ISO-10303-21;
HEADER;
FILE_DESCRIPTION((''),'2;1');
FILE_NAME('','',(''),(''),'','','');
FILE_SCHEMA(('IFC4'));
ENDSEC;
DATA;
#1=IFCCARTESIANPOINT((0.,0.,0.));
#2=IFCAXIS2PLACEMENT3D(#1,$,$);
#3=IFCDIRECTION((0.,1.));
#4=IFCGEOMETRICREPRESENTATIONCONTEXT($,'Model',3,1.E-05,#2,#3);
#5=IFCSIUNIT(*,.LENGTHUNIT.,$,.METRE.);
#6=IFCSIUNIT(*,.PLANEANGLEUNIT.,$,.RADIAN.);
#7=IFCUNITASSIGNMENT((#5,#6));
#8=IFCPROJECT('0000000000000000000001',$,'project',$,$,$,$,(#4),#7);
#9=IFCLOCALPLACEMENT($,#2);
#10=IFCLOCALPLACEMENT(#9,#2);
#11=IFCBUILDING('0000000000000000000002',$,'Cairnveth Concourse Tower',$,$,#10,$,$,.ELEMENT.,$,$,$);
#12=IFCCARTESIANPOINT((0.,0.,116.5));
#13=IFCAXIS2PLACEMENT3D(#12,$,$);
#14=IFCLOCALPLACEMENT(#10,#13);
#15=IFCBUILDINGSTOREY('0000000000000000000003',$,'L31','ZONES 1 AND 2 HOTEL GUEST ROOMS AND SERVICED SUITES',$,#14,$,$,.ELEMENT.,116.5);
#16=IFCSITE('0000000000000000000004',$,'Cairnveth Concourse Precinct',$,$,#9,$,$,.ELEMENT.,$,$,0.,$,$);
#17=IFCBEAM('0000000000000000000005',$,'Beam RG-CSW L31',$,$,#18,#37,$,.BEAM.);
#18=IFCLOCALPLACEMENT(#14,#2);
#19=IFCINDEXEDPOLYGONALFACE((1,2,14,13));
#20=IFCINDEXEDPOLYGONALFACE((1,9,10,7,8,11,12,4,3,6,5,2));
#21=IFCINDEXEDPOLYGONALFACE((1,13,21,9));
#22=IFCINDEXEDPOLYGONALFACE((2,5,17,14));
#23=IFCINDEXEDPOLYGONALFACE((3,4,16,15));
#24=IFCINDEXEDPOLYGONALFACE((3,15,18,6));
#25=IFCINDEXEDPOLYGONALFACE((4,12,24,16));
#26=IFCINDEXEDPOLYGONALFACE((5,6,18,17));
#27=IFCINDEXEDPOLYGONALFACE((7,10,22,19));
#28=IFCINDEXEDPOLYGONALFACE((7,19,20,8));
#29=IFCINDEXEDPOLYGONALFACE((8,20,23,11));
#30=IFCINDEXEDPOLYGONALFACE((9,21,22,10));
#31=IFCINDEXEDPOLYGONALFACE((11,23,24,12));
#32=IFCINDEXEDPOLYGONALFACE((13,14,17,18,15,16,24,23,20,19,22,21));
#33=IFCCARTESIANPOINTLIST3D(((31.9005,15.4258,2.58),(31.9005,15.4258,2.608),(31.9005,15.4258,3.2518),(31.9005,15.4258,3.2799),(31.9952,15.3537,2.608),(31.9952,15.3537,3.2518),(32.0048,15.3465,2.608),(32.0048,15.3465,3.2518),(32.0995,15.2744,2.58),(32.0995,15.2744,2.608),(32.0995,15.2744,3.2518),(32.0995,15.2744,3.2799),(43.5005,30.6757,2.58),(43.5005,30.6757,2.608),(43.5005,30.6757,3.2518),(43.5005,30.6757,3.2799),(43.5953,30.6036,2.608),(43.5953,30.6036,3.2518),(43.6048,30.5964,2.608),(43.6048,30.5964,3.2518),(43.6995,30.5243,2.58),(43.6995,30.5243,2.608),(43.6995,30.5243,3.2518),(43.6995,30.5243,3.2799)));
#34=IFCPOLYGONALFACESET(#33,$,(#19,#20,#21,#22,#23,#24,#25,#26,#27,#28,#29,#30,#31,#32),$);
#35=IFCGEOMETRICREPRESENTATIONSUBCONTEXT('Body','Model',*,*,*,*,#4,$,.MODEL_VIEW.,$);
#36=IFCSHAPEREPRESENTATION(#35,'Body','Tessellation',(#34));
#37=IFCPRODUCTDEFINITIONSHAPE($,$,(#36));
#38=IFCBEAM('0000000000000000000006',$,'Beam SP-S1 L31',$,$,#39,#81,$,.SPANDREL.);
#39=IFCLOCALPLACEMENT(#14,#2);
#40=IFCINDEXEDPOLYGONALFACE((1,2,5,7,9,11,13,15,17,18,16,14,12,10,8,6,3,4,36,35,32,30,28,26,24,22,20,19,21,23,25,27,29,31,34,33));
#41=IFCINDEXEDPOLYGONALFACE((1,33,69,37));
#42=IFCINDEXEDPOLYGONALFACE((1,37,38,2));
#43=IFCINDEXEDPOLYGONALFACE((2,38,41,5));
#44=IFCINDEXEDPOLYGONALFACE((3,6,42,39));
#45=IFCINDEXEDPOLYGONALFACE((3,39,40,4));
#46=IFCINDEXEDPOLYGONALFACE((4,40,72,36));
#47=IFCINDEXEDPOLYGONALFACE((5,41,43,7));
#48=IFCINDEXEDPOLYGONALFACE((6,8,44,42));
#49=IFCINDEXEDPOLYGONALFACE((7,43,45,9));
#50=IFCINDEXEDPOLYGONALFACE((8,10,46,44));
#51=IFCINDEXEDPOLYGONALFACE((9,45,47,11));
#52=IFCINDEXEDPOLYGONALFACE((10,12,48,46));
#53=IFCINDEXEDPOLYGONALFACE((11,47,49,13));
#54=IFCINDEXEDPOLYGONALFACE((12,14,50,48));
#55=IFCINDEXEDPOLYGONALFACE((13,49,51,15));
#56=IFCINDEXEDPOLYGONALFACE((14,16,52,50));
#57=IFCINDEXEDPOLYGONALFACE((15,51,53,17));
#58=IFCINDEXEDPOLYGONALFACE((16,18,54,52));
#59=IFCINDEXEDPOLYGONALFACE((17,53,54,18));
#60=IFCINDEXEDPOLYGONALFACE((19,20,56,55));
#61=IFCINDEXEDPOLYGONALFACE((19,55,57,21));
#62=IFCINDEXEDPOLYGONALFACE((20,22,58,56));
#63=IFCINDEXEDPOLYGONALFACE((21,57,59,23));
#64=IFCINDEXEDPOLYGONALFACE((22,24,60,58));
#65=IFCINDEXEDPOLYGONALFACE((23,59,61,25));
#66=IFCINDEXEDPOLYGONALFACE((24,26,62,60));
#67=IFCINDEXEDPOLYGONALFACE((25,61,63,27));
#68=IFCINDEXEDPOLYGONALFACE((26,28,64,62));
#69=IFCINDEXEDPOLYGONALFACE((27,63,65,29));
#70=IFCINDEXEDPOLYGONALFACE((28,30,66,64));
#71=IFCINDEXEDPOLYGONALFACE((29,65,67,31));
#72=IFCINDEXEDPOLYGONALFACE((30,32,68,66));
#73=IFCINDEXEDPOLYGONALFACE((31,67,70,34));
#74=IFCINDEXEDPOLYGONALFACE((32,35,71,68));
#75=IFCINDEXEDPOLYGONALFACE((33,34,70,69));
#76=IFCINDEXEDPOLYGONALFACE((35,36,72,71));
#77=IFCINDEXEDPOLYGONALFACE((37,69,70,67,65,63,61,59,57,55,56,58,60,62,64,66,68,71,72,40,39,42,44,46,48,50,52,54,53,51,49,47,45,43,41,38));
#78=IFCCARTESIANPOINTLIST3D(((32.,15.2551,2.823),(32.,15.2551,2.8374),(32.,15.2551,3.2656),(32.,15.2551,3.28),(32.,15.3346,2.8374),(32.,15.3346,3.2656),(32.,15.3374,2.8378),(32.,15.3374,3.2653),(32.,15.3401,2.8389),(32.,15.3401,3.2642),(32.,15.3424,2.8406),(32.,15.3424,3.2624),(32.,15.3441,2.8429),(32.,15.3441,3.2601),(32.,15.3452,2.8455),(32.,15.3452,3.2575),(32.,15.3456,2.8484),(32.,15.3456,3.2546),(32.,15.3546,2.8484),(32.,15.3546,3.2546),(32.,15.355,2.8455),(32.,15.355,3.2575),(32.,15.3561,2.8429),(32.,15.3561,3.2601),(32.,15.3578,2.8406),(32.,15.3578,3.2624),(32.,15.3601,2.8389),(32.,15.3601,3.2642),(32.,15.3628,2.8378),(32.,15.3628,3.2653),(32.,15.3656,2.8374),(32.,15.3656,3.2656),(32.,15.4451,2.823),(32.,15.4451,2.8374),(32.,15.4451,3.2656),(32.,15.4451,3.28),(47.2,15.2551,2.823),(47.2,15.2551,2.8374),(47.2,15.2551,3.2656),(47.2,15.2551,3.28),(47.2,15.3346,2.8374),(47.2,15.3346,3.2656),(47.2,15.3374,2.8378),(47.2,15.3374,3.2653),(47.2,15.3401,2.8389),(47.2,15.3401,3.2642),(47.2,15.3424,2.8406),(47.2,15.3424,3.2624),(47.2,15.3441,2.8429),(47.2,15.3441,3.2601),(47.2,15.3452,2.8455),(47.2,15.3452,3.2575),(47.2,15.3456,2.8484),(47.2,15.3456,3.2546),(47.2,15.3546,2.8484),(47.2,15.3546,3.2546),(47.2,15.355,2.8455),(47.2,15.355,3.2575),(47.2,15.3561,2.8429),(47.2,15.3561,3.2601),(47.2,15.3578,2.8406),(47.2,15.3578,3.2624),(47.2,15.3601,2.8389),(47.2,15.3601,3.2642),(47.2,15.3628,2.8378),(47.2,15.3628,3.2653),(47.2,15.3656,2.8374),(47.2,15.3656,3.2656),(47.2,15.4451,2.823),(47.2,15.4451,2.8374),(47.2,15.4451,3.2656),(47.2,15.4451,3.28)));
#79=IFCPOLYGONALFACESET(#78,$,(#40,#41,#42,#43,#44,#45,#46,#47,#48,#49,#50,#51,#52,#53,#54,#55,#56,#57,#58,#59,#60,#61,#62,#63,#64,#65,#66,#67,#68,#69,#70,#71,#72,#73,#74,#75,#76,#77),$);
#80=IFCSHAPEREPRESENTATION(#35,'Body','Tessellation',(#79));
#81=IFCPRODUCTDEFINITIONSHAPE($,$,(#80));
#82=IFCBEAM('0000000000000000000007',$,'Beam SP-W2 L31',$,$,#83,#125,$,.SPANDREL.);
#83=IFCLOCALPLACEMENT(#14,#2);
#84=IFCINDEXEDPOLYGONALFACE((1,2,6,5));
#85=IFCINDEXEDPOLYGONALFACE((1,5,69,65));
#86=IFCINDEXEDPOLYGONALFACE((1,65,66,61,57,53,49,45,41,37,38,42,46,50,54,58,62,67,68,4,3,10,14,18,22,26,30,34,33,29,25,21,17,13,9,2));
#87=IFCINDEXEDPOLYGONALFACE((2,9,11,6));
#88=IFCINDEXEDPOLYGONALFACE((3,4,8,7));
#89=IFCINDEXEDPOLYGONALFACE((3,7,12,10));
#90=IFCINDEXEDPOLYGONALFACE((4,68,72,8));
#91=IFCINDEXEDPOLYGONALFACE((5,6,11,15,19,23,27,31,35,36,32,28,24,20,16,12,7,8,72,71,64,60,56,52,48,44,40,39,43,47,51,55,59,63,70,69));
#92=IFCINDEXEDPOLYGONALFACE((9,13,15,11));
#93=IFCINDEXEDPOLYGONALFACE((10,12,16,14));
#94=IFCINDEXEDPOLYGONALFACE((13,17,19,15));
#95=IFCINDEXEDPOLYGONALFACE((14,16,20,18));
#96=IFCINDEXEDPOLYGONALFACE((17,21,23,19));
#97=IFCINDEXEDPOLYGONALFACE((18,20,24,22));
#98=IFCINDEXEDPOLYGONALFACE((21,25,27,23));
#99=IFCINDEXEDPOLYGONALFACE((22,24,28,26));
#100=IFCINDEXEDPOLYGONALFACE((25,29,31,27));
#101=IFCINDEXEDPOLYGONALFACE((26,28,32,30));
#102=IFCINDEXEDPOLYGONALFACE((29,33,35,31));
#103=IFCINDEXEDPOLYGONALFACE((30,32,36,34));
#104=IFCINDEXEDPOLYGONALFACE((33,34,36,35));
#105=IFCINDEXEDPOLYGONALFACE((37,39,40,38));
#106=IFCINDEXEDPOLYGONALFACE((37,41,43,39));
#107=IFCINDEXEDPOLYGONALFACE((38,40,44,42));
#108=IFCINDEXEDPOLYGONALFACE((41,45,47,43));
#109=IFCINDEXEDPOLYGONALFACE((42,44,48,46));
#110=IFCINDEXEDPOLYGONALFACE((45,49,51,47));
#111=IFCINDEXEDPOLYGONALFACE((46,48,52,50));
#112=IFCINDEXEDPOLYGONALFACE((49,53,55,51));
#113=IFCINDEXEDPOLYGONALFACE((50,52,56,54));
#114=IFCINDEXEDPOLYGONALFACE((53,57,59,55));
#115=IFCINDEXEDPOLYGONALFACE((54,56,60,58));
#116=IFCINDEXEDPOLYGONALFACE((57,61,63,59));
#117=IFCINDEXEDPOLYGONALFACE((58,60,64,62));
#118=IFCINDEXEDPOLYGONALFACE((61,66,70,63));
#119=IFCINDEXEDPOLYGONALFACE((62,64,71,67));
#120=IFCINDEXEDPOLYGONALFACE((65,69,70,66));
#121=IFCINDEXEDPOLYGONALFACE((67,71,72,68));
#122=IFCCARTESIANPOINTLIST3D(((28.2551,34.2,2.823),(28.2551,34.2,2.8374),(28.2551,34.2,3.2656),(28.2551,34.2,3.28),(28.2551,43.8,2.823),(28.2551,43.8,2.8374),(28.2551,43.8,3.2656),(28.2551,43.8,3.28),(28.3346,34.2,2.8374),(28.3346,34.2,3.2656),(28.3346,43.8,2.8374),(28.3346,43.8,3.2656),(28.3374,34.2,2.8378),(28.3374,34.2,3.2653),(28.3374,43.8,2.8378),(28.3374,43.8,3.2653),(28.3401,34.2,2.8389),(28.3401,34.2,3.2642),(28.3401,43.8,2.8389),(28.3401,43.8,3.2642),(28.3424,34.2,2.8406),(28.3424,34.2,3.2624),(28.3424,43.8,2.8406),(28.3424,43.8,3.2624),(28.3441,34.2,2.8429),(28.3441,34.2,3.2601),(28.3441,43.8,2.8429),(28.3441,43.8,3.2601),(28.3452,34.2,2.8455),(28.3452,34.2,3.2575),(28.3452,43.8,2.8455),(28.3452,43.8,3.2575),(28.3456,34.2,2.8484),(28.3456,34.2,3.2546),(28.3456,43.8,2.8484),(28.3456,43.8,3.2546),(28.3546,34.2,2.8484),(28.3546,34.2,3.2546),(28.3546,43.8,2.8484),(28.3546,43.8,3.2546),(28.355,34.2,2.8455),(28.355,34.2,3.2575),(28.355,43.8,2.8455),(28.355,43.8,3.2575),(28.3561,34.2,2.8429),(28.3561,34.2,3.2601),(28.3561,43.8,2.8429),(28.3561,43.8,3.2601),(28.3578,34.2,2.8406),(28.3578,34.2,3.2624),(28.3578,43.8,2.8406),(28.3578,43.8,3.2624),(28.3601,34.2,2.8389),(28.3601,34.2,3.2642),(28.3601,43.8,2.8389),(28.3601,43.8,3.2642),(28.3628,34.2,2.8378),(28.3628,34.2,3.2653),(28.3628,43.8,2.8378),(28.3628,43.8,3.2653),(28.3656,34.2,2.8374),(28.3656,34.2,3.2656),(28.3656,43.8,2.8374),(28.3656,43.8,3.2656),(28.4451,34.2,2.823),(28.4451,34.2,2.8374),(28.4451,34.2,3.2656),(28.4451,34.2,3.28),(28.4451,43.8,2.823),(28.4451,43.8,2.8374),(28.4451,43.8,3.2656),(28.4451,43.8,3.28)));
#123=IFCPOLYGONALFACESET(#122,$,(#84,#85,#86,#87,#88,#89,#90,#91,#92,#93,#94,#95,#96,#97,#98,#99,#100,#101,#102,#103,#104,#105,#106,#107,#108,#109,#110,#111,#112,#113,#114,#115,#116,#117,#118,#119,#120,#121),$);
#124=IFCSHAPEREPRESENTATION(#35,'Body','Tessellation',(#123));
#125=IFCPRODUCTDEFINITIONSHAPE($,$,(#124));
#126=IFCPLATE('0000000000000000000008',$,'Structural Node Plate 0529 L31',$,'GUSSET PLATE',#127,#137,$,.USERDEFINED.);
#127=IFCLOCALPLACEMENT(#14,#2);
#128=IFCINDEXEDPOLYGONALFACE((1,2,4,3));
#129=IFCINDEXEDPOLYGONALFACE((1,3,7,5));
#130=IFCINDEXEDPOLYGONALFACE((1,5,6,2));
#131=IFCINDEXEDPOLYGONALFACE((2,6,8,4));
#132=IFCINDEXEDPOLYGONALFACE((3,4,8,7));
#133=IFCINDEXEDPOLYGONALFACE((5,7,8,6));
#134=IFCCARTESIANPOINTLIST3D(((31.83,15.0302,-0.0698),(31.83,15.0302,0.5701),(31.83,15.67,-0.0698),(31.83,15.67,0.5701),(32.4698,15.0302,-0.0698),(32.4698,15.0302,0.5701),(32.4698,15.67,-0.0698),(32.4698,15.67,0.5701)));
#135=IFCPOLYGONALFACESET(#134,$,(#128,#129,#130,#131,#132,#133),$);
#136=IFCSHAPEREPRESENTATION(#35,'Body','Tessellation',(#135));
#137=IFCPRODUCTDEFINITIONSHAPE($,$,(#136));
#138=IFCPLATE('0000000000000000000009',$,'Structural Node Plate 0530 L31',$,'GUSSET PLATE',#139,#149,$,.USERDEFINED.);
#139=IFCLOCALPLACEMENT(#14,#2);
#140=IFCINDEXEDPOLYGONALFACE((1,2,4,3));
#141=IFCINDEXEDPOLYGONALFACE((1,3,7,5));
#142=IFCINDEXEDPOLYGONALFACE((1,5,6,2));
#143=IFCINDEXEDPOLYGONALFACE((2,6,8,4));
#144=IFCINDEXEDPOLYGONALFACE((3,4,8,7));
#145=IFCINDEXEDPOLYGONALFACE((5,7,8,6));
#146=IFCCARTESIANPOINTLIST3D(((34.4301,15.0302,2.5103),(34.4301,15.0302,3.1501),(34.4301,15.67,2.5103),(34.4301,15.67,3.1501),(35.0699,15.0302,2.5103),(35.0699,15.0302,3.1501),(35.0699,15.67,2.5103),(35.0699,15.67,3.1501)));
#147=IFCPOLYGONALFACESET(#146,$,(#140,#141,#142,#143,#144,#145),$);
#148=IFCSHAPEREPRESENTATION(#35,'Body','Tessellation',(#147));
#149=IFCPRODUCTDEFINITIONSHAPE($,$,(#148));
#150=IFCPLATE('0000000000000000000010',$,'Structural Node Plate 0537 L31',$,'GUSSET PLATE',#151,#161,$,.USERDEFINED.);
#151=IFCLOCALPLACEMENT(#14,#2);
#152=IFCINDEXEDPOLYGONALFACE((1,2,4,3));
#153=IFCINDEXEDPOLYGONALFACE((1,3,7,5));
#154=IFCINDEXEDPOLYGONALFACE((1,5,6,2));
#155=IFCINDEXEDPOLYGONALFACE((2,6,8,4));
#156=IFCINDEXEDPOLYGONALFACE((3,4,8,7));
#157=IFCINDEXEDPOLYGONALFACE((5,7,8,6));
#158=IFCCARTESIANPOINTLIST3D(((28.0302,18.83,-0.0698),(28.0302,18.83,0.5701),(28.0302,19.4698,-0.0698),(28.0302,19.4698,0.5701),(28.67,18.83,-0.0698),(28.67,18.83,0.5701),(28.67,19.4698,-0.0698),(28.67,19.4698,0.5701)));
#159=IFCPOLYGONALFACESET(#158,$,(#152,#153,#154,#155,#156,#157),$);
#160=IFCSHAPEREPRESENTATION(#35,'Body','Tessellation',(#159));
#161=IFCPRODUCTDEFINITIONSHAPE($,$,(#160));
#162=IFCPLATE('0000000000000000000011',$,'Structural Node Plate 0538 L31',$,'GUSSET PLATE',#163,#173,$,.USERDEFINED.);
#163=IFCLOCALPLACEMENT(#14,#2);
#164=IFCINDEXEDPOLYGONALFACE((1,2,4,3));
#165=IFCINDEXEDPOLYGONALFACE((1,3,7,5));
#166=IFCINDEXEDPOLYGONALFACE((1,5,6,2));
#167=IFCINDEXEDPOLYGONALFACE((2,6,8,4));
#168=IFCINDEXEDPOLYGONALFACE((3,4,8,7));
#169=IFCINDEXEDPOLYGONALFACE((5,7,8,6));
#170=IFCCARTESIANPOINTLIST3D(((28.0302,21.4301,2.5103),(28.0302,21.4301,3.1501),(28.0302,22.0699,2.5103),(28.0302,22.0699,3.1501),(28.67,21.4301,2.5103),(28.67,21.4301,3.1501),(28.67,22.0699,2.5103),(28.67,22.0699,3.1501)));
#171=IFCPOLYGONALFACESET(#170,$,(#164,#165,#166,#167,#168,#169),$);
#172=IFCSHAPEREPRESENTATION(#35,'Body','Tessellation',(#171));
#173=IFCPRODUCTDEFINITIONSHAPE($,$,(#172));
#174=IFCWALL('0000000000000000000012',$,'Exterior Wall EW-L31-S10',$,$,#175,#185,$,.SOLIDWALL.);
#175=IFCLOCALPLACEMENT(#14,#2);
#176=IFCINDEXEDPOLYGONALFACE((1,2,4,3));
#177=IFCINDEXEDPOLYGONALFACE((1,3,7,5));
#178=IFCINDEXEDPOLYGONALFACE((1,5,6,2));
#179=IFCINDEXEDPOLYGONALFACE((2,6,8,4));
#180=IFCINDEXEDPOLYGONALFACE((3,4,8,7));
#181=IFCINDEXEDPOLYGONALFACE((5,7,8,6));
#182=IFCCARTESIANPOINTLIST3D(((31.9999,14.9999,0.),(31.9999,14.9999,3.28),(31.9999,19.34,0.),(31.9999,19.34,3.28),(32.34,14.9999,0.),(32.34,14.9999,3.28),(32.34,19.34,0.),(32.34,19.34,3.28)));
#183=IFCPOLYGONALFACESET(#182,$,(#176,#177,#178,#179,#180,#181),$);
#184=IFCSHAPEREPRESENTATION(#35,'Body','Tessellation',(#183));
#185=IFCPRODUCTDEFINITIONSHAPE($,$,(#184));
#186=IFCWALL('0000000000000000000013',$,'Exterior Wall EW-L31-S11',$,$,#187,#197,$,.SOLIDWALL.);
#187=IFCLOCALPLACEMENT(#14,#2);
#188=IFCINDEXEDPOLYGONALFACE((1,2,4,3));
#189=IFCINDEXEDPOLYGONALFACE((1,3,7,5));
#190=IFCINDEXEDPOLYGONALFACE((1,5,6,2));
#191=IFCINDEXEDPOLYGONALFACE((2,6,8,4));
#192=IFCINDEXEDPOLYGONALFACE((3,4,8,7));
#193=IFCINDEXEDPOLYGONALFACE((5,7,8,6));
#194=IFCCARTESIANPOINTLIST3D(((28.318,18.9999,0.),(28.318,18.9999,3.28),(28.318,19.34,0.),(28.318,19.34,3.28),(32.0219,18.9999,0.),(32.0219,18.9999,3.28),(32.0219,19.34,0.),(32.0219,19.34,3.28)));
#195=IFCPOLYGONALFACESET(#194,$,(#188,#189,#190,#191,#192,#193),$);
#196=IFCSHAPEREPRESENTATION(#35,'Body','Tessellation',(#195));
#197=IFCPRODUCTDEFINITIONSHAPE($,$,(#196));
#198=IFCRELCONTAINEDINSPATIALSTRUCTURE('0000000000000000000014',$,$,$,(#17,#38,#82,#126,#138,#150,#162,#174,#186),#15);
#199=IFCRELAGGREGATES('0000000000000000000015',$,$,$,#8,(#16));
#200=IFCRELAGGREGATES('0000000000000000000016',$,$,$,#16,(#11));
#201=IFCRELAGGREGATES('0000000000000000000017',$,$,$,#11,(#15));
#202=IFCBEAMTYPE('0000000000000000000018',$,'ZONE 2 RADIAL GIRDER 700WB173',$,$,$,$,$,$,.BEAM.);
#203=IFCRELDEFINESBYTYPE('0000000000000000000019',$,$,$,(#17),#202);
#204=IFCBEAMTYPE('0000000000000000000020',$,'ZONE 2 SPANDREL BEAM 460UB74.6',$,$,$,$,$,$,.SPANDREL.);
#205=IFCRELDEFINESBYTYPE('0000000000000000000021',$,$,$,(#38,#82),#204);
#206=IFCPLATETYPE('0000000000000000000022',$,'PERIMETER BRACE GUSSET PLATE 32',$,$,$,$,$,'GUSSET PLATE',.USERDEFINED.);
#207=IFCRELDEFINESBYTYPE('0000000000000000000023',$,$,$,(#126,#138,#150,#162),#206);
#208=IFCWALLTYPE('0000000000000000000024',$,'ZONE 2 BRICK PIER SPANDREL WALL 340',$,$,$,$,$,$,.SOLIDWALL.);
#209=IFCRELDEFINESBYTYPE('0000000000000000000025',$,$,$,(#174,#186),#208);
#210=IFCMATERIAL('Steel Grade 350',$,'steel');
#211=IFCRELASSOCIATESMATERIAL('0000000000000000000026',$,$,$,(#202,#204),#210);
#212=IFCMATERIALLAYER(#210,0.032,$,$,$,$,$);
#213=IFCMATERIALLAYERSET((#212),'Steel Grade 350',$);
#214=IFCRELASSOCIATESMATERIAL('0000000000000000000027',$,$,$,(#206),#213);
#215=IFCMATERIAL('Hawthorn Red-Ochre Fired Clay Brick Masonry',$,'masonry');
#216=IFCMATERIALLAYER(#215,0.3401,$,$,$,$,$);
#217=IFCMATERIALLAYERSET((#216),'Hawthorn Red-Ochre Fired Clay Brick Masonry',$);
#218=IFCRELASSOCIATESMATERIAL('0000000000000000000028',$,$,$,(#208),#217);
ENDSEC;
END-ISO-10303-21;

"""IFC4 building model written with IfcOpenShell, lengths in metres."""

from ifc_helpers import new_model, si_unit, direction, frame, frame_2d, origin, origin_2d, place, context, subcontext, project, spatial, rectangle, i_section, extrude, material, layer, layer_set, material_profile, profile_set, type_object, element, save


model = new_model("IFC4")

# Units and contexts
model_context = context("Model", 3, precision=1e-05, world=origin(), true_north=direction((0.0, 1.0)))
body_context = subcontext(model_context, "Body", "Model", "MODEL_VIEW")
ifc_project = project(units=[si_unit("LENGTHUNIT", "METRE"), si_unit("PLANEANGLEUNIT", "RADIAN")], contexts=[model_context])

# Site, building, storey
site_placement = place(None, origin())
site = spatial("IfcSite", under=ifc_project, at=site_placement, Name="Cairnveth Concourse Precinct", CompositionType="ELEMENT", RefElevation=0.0)
building_placement = place(site_placement, origin())
building = spatial("IfcBuilding", under=site, at=building_placement, Name="Cairnveth Concourse Tower", CompositionType="ELEMENT")
storey_placement = place(building_placement, frame((0.0, 0.0, 116.5)))
storey = spatial("IfcBuildingStorey", under=building, at=storey_placement, Name="L31", Description="ZONES 1 AND 2 HOTEL GUEST ROOMS AND SERVICED SUITES", CompositionType="ELEMENT", Elevation=116.5)

# Shared definitions
ifc_material_1 = material(Name="Steel Grade 350", Category="steel")

# Beams
ifc_material_profile_1 = material_profile(ifc_material_1, i_section(OverallWidth=0.25, OverallDepth=0.7, WebThickness=0.012, FlangeThickness=0.0281, at=origin_2d()), Name="700WB173")
ifc_profile_set_1 = profile_set([ifc_material_profile_1], Name="Steel Grade 350")
beam_type_1 = type_object("IfcBeamType", Name="ZONE 2 RADIAL GIRDER 700WB173", PredefinedType="BEAM", material=ifc_profile_set_1)
beam_1_placement = place(storey_placement, frame((32.0, 15.3501, 2.9299), z_axis=(0.605417, 0.795908, 0.0), x_axis=(-0.795908, 0.605417, 0.0)))
element("IfcBeam", 1, at=beam_1_placement, inside=storey, type_object=beam_type_1, Name="Beam RG-CSW L31", PredefinedType="BEAM", context=body_context, shape_type="SweptSolid", body=[
    extrude(i_section(OverallWidth=0.25, OverallDepth=0.7, WebThickness=0.012, FlangeThickness=0.0281, at=origin_2d()), origin(), (0.0, 0.0, 1.0), 19.1604),
])
ifc_material_profile_2 = material_profile(ifc_material_1, i_section(OverallWidth=0.1899, OverallDepth=0.457, WebThickness=0.009, FlangeThickness=0.0144, FilletRadius=0.011, at=origin_2d()), Name="460UB74.6")
ifc_profile_set_2 = profile_set([ifc_material_profile_2], Name="Steel Grade 350")
beam_type_2 = type_object("IfcBeamType", Name="ZONE 2 SPANDREL BEAM 460UB74.6", PredefinedType="SPANDREL", material=ifc_profile_set_2)
beam_2_placement = place(storey_placement, frame((32.0, 15.3501, 3.0515), z_axis=(1.0, 0.0, 0.0), x_axis=(0.0, 1.0, 0.0)))
element("IfcBeam", 2, at=beam_2_placement, inside=storey, type_object=beam_type_2, Name="Beam SP-S1 L31", PredefinedType="SPANDREL", context=body_context, shape_type="SweptSolid", body=[
    extrude(i_section(OverallWidth=0.1899, OverallDepth=0.457, WebThickness=0.009, FlangeThickness=0.0144, FilletRadius=0.011, at=origin_2d()), origin(), (0.0, 0.0, 1.0), 15.2),
])
beam_3_placement = place(storey_placement, frame((28.3501, 34.2, 3.0515), z_axis=(0.0, 1.0, 0.0), x_axis=(-1.0, 0.0, 0.0)))
element("IfcBeam", 3, at=beam_3_placement, inside=storey, type_object=beam_type_2, Name="Beam SP-W2 L31", PredefinedType="SPANDREL", context=body_context, shape_type="SweptSolid", body=[
    extrude(i_section(OverallWidth=0.1899, OverallDepth=0.457, WebThickness=0.009, FlangeThickness=0.0144, FilletRadius=0.011, at=origin_2d()), origin(), (0.0, 0.0, 1.0), 9.6001),
])

# Plates
ifc_layer_1 = layer(ifc_material_1, 0.032)
ifc_layer_set_1 = layer_set([ifc_layer_1], Name="Steel Grade 350")
plate_type = type_object("IfcPlateType", Name="PERIMETER BRACE GUSSET PLATE 32", ElementType="GUSSET PLATE", PredefinedType="USERDEFINED", material=ifc_layer_set_1)
for number, where, z_axis, x_axis, name in (
    (4, (32.1499, 15.3501, -0.0698), (0.0, 0.0, 1.0), (1.0, 0.0, 0.0), "Structural Node Plate 0529 L31"),
    (5, (34.75, 15.3501, 2.5103), (0.0, 0.0, 1.0), (1.0, 0.0, 0.0), "Structural Node Plate 0530 L31"),
    (6, (28.3501, 19.1499, -0.0698), (0.0, 0.0, 1.0), (1.0, 0.0, 0.0), "Structural Node Plate 0537 L31"),
    (7, (28.3501, 21.75, 2.5103), (0.0, 0.0, 1.0), (1.0, 0.0, 0.0), "Structural Node Plate 0538 L31"),
):
    element("IfcPlate", number, at=place(storey_placement, frame(where, z_axis=z_axis, x_axis=x_axis)), inside=storey, type_object=plate_type, Name=name, ObjectType="GUSSET PLATE", PredefinedType="USERDEFINED", context=body_context, shape_type="SweptSolid", body=[
        extrude(rectangle(XDim=0.6399, YDim=0.6399, at=origin_2d()), origin(), (0.0, 0.0, 1.0), 0.6399),
    ])

# Walls
ifc_material_2 = material(Name="Hawthorn Red-Ochre Fired Clay Brick Masonry", Category="masonry")
ifc_layer_2 = layer(ifc_material_2, 0.3401)
ifc_layer_set_2 = layer_set([ifc_layer_2], Name="Hawthorn Red-Ochre Fired Clay Brick Masonry")
wall_type = type_object("IfcWallType", Name="ZONE 2 BRICK PIER SPANDREL WALL 340", PredefinedType="SOLIDWALL", material=ifc_layer_set_2)
wall_1_placement = place(storey_placement, frame((32.1699, 15.0, 0.0), z_axis=(0.0, 0.0, 1.0), x_axis=(0.0, 1.0, 0.0)))
element("IfcWall", 8, at=wall_1_placement, inside=storey, type_object=wall_type, Name="Exterior Wall EW-L31-S10", PredefinedType="SOLIDWALL", context=body_context, shape_type="SweptSolid", body=[
    extrude(rectangle(XDim=4.3401, YDim=0.3401, at=frame_2d((2.1699, 0.0))), origin(), (0.0, 0.0, 1.0), 3.28),
])
wall_2_placement = place(storey_placement, frame((32.022, 19.1699, 0.0), z_axis=(0.0, 0.0, 1.0), x_axis=(-1.0, 0.0, 0.0)))
element("IfcWall", 9, at=wall_2_placement, inside=storey, type_object=wall_type, Name="Exterior Wall EW-L31-S11", PredefinedType="SOLIDWALL", context=body_context, shape_type="SweptSolid", body=[
    extrude(rectangle(XDim=3.7039, YDim=0.3401, at=frame_2d((1.8521, 0.0))), origin(), (0.0, 0.0, 1.0), 3.28),
])

save(model, "model.ifc")
